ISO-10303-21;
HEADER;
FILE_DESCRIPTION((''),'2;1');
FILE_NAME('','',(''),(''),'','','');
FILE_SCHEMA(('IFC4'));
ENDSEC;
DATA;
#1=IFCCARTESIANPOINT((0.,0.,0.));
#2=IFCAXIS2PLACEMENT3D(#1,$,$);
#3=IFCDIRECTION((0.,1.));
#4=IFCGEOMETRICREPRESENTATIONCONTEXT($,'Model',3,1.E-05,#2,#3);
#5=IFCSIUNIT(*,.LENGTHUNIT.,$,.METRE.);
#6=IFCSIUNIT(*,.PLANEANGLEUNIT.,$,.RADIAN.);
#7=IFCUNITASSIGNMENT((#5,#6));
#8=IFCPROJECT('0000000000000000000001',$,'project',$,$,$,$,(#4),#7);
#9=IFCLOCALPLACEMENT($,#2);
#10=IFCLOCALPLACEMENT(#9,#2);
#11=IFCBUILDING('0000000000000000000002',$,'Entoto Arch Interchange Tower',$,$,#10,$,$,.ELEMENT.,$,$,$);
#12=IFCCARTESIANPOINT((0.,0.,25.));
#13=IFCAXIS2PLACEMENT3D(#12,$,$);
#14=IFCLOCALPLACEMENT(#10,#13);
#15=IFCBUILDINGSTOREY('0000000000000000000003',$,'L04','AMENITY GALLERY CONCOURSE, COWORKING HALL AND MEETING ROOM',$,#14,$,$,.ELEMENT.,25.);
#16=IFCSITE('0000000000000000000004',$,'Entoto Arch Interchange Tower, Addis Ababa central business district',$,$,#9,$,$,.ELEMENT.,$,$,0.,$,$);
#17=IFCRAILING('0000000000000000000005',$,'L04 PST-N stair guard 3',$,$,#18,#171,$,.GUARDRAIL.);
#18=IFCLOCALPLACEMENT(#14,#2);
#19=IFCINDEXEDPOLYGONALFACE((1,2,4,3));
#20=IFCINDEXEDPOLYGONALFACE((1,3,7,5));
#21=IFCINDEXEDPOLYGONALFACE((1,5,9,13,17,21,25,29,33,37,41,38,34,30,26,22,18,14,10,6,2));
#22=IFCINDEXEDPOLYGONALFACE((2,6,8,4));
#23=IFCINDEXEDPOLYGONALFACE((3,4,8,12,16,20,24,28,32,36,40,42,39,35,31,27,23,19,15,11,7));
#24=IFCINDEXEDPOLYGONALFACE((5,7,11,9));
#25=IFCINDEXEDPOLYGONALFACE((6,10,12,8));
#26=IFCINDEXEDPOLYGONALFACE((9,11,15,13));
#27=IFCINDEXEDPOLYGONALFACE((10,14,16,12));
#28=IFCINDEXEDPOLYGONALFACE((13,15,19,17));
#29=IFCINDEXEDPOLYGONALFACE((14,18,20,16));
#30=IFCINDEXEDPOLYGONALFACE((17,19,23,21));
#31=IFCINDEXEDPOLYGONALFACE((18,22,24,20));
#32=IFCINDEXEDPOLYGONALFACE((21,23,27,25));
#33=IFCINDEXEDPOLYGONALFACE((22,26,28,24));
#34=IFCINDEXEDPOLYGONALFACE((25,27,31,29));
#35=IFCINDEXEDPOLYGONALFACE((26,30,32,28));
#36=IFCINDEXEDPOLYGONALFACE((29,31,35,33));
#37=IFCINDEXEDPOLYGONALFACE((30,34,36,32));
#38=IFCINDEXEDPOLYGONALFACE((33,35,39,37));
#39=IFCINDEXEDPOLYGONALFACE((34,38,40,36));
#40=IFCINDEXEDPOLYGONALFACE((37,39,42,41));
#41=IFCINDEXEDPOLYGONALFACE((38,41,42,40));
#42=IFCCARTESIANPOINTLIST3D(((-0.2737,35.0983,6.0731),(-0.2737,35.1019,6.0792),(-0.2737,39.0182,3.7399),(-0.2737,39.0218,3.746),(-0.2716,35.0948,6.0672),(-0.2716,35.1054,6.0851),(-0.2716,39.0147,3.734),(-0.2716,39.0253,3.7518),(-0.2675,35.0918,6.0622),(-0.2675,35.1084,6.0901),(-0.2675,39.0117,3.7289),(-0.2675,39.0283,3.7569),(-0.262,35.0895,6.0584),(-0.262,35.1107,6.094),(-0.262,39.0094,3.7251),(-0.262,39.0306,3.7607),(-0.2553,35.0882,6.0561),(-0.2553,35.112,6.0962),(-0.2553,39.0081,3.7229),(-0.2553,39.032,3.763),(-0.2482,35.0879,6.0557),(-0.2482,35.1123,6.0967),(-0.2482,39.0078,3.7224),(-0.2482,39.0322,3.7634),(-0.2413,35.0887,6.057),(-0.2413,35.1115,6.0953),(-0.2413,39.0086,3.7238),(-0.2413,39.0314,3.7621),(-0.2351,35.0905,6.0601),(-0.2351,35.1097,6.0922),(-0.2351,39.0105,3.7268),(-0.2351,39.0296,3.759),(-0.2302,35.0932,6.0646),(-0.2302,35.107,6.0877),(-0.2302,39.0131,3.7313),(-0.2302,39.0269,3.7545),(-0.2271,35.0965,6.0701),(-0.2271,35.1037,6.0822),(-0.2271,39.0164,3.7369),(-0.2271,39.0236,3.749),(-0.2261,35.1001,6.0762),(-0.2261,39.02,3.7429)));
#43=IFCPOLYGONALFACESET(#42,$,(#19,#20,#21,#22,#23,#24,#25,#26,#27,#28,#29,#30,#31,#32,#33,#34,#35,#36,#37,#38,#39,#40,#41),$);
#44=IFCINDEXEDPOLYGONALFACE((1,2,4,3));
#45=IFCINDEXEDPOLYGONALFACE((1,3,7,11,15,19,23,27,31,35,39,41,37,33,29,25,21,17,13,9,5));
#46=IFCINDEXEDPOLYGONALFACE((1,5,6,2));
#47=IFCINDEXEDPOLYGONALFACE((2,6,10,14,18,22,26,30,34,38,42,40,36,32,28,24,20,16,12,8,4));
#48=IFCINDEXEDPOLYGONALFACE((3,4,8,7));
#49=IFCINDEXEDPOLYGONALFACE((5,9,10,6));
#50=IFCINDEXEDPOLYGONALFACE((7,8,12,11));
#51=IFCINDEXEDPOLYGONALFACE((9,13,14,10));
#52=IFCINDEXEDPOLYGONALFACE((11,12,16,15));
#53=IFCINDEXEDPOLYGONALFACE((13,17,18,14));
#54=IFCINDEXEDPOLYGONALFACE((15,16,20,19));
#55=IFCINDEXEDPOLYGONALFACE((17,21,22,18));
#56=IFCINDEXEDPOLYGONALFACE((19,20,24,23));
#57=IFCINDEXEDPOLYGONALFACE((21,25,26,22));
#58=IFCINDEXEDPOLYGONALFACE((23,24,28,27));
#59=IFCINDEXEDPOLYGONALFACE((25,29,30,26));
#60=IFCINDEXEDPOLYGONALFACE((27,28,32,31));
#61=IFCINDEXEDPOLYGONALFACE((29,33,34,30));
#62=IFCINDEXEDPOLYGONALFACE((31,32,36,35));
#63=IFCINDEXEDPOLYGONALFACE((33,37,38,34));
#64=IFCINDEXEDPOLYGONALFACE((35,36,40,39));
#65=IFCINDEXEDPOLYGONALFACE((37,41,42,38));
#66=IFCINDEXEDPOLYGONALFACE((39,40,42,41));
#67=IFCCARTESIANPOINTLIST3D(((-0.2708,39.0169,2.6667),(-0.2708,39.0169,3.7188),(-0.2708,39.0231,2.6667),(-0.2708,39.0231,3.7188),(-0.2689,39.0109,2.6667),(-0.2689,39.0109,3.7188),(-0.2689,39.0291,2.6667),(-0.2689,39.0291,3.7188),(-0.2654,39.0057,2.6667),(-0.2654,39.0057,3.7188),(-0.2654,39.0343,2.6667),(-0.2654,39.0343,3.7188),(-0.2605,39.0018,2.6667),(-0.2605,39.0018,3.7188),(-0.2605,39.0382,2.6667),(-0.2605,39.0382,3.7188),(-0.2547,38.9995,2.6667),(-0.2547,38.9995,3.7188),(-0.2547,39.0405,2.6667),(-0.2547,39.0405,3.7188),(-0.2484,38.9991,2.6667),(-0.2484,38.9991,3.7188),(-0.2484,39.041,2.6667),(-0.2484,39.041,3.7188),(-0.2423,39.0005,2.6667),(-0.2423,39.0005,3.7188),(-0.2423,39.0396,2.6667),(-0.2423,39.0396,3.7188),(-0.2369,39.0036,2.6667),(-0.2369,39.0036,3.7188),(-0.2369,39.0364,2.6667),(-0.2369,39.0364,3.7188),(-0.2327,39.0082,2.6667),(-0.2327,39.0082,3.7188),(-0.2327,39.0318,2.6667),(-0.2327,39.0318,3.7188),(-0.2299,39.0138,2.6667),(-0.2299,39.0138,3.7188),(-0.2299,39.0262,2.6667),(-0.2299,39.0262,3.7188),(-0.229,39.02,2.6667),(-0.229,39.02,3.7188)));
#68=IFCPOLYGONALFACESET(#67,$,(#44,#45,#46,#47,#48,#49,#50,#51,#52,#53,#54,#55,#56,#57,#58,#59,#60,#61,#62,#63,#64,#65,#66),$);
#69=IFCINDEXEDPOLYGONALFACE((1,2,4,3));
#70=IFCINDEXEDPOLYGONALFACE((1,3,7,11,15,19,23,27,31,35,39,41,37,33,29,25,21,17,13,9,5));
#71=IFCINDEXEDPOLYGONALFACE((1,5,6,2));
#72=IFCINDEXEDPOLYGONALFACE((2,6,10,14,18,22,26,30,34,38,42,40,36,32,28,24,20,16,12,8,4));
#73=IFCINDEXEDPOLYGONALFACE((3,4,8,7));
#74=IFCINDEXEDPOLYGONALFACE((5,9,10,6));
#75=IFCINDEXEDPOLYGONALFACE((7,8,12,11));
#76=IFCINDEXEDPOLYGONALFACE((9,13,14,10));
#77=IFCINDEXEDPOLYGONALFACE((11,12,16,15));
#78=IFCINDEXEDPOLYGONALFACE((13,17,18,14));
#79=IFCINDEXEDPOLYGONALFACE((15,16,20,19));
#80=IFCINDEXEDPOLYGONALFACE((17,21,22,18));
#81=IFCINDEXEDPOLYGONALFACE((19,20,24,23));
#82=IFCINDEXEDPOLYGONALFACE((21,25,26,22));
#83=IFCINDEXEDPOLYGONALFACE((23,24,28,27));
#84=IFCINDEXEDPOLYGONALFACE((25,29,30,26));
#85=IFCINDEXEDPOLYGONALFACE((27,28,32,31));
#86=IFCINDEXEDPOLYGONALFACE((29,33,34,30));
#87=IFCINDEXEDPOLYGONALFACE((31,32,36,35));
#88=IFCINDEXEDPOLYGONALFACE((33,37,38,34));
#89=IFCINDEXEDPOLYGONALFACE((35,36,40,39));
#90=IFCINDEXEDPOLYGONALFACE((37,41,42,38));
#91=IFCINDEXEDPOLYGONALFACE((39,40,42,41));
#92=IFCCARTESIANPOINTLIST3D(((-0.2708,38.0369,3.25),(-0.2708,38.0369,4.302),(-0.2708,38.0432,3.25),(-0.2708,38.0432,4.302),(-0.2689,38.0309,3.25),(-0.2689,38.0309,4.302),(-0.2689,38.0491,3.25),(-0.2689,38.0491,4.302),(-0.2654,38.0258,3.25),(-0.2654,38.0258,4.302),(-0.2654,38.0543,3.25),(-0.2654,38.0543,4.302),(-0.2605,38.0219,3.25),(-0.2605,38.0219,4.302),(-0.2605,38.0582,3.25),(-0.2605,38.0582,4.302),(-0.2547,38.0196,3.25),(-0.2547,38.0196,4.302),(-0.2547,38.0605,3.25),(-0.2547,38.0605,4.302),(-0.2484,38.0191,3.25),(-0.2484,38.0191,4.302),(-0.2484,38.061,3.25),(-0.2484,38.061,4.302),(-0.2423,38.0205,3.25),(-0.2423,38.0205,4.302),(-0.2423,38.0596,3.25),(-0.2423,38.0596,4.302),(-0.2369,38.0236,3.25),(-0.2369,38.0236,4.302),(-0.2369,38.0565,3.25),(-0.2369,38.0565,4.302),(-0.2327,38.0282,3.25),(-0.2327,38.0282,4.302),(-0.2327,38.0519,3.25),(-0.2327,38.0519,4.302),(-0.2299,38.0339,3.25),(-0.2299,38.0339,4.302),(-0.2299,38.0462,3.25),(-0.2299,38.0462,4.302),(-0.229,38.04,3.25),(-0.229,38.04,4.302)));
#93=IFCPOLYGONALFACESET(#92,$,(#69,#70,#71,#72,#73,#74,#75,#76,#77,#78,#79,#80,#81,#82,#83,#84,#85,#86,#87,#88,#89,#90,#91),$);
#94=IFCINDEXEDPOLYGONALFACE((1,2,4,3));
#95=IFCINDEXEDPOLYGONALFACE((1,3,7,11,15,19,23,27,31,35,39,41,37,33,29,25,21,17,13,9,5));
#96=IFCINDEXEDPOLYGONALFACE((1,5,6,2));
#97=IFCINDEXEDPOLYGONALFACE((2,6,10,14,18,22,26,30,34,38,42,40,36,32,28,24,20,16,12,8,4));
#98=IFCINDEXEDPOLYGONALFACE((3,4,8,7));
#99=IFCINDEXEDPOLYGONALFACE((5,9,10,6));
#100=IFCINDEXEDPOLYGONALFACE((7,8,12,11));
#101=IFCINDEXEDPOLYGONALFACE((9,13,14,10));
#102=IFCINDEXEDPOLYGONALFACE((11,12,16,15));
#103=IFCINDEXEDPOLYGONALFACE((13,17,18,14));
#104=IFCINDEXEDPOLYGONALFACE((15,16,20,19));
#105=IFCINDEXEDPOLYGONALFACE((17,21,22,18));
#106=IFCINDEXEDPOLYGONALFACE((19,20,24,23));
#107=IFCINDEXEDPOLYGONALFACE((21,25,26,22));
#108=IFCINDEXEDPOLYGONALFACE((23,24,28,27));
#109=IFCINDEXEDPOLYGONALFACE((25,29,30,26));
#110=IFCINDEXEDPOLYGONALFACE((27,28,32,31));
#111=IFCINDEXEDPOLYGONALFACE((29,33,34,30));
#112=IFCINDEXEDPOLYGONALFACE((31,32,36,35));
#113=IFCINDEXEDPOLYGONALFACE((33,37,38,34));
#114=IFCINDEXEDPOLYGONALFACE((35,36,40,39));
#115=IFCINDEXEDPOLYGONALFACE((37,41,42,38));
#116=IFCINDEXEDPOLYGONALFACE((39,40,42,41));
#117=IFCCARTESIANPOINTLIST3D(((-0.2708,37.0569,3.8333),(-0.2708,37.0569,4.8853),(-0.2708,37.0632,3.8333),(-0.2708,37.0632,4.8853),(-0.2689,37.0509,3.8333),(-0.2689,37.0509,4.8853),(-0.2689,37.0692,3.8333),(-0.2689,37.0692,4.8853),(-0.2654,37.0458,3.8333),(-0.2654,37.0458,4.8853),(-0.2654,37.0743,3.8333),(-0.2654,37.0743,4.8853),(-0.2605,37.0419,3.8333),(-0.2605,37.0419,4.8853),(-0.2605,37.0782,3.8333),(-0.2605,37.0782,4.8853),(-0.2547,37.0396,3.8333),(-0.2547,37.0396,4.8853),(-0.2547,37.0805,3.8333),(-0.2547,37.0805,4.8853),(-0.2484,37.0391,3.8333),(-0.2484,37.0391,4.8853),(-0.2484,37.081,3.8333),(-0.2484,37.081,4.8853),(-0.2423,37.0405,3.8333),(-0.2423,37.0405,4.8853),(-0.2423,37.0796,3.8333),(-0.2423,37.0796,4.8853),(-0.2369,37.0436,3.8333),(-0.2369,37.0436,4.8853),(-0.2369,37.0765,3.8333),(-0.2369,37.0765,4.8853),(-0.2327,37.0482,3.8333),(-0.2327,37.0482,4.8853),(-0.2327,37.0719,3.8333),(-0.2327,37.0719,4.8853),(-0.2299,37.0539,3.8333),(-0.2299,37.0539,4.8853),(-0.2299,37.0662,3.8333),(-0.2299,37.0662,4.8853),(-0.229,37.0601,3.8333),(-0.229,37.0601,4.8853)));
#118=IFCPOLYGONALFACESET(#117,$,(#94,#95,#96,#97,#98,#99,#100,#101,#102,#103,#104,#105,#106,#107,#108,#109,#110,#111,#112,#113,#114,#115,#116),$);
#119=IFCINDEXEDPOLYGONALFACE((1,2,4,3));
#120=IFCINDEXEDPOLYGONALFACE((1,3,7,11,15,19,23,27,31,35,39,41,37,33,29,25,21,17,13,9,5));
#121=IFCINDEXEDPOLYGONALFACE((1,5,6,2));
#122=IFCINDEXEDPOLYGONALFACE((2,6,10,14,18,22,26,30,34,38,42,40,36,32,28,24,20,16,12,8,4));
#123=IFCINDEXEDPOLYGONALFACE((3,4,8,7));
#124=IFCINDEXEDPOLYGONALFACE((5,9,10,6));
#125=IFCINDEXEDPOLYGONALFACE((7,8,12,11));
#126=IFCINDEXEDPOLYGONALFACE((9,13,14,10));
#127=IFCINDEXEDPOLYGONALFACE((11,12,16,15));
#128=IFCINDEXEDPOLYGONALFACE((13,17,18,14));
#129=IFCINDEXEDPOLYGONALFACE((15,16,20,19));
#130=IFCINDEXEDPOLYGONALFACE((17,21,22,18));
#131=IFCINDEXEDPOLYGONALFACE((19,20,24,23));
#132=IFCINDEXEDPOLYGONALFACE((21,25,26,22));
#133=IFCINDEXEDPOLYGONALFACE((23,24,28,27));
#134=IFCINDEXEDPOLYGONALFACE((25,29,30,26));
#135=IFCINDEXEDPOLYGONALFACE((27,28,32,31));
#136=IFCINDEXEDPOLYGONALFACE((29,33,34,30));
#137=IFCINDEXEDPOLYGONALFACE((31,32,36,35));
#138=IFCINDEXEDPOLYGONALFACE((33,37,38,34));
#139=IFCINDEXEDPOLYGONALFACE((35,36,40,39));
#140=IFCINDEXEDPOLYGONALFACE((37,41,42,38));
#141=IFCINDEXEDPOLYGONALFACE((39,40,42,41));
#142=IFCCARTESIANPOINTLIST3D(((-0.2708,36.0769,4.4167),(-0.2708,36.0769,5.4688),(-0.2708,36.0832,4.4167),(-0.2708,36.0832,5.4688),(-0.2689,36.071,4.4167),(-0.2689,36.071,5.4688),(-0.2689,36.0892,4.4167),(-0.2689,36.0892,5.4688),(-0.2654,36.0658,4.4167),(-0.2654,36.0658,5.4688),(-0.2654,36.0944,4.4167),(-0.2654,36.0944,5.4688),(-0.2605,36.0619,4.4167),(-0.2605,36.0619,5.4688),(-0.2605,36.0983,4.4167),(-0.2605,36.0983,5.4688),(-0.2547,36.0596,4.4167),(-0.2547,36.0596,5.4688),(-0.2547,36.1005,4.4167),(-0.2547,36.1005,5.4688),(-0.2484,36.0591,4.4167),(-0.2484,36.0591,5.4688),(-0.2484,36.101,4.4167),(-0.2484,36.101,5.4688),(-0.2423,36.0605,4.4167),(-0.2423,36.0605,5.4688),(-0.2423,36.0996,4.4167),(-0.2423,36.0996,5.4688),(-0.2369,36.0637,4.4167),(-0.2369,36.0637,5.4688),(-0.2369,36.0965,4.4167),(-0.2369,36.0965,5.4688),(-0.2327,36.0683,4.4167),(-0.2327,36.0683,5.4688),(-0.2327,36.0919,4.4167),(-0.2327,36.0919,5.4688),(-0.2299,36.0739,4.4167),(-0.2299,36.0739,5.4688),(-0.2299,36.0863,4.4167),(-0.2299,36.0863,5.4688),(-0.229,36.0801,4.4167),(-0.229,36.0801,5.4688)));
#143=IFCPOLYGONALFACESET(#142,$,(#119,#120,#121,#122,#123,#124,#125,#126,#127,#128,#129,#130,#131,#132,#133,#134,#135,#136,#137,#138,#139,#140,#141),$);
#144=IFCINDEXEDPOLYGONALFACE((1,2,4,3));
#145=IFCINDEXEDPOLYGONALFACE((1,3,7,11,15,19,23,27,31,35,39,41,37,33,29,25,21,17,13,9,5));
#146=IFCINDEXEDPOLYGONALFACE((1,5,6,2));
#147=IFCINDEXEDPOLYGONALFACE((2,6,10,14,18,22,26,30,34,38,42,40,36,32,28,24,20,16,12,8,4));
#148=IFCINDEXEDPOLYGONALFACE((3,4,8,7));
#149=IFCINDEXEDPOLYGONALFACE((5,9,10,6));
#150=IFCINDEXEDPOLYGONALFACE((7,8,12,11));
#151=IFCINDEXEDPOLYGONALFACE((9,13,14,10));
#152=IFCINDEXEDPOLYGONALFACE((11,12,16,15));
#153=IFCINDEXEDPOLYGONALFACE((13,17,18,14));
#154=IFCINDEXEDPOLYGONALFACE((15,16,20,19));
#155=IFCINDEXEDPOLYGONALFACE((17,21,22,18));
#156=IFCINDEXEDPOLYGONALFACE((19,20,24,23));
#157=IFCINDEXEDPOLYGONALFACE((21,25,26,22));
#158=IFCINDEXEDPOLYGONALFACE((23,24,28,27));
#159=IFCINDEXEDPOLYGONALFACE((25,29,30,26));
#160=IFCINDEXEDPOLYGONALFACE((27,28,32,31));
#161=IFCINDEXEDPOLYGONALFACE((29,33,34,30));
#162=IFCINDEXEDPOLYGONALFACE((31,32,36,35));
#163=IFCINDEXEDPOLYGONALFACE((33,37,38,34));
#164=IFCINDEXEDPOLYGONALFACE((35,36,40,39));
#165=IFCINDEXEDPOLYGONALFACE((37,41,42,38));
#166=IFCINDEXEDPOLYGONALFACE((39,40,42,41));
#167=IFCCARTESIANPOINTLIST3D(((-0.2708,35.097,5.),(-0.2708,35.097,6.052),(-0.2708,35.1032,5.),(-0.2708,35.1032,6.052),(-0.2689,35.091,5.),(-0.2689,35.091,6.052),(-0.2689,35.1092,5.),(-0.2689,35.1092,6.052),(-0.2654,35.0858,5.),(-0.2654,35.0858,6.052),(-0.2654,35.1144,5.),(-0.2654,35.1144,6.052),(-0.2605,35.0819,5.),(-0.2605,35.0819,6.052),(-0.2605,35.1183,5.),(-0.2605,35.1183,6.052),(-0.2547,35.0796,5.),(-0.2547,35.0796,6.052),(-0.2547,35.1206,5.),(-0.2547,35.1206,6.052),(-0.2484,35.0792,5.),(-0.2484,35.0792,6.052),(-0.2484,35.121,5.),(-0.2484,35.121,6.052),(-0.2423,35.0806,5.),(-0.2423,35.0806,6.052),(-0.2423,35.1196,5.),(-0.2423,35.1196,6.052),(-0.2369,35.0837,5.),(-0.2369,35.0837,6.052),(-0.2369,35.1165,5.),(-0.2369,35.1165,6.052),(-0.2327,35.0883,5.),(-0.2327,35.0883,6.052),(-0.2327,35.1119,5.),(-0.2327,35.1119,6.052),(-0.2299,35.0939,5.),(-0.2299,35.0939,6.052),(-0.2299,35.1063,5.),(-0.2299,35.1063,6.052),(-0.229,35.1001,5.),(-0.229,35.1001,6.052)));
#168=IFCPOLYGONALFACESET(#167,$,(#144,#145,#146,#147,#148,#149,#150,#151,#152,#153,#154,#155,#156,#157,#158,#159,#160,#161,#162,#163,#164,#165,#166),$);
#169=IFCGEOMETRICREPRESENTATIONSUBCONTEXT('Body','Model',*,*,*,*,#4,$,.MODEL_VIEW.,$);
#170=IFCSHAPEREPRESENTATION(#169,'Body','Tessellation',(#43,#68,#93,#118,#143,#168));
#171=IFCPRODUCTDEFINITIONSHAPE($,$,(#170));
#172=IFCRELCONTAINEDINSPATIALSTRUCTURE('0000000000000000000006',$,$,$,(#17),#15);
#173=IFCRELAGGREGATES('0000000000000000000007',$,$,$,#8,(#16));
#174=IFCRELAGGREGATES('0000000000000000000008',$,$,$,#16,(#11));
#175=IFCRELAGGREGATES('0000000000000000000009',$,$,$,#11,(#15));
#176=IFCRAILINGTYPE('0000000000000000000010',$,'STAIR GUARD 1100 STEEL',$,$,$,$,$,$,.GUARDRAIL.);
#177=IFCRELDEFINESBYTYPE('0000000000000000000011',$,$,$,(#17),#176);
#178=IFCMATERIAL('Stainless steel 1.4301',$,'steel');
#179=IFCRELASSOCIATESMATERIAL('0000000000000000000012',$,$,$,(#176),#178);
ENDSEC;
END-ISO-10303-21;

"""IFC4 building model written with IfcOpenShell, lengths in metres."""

from ifc_helpers import new_model, si_unit, direction, frame, origin, origin_2d, place, context, subcontext, project, spatial, circle, extrude, material, type_object, element, save


model = new_model("IFC4")

# Units and contexts
model_context = context("Model", 3, precision=1e-05, world=origin(), true_north=direction((0.0, 1.0)))
body_context = subcontext(model_context, "Body", "Model", "MODEL_VIEW")
ifc_project = project(units=[si_unit("LENGTHUNIT", "METRE"), si_unit("PLANEANGLEUNIT", "RADIAN")], contexts=[model_context])

# Site, building, storey
site_placement = place(None, origin())
site = spatial("IfcSite", under=ifc_project, at=site_placement, Name="Entoto Arch Interchange Tower, Addis Ababa central business district", CompositionType="ELEMENT", RefElevation=0.0)
building_placement = place(site_placement, origin())
building = spatial("IfcBuilding", under=site, at=building_placement, Name="Entoto Arch Interchange Tower", CompositionType="ELEMENT")
storey_placement = place(building_placement, frame((0.0, 0.0, 25.0)))
storey = spatial("IfcBuildingStorey", under=building, at=storey_placement, Name="L04", Description="AMENITY GALLERY CONCOURSE, COWORKING HALL AND MEETING ROOM", CompositionType="ELEMENT", Elevation=25.0)

# Railing
ifc_material_1 = material(Name="Stainless steel 1.4301", Category="steel")
railing_type_1 = type_object("IfcRailingType", Name="STAIR GUARD 1100 STEEL", PredefinedType="GUARDRAIL", material=ifc_material_1)
railing_1_placement = place(storey_placement, frame((-0.25, 39.02, 2.6667)))
element("IfcRailing", 1, at=railing_1_placement, inside=storey, type_object=railing_type_1, Name="L04 PST-N stair guard 3", PredefinedType="GUARDRAIL", context=body_context, shape_type="SweptSolid", body=[
    extrude(circle(Radius=0.0239, at=origin_2d()), frame((0.0, 0.0, 1.0762), z_axis=(0.0, -0.859296, 0.511478), x_axis=(1.0, 0.0, 0.0)), (0.0, 0.0, 1.0), 4.5618),
    extrude(circle(Radius=0.021, at=origin_2d()), origin(), (0.0, 0.0, 1.0), 1.052),
    extrude(circle(Radius=0.021, at=origin_2d()), frame((0.0, -0.98, 0.5833)), (0.0, 0.0, 1.0), 1.052),
    extrude(circle(Radius=0.021, at=origin_2d()), frame((0.0, -1.96, 1.1665)), (0.0, 0.0, 1.0), 1.052),
    extrude(circle(Radius=0.021, at=origin_2d()), frame((0.0, -2.9399, 1.75)), (0.0, 0.0, 1.0), 1.052),
    extrude(circle(Radius=0.021, at=origin_2d()), frame((0.0, -3.9199, 2.3333)), (0.0, 0.0, 1.0), 1.052),
])

save(model, "model.ifc")
